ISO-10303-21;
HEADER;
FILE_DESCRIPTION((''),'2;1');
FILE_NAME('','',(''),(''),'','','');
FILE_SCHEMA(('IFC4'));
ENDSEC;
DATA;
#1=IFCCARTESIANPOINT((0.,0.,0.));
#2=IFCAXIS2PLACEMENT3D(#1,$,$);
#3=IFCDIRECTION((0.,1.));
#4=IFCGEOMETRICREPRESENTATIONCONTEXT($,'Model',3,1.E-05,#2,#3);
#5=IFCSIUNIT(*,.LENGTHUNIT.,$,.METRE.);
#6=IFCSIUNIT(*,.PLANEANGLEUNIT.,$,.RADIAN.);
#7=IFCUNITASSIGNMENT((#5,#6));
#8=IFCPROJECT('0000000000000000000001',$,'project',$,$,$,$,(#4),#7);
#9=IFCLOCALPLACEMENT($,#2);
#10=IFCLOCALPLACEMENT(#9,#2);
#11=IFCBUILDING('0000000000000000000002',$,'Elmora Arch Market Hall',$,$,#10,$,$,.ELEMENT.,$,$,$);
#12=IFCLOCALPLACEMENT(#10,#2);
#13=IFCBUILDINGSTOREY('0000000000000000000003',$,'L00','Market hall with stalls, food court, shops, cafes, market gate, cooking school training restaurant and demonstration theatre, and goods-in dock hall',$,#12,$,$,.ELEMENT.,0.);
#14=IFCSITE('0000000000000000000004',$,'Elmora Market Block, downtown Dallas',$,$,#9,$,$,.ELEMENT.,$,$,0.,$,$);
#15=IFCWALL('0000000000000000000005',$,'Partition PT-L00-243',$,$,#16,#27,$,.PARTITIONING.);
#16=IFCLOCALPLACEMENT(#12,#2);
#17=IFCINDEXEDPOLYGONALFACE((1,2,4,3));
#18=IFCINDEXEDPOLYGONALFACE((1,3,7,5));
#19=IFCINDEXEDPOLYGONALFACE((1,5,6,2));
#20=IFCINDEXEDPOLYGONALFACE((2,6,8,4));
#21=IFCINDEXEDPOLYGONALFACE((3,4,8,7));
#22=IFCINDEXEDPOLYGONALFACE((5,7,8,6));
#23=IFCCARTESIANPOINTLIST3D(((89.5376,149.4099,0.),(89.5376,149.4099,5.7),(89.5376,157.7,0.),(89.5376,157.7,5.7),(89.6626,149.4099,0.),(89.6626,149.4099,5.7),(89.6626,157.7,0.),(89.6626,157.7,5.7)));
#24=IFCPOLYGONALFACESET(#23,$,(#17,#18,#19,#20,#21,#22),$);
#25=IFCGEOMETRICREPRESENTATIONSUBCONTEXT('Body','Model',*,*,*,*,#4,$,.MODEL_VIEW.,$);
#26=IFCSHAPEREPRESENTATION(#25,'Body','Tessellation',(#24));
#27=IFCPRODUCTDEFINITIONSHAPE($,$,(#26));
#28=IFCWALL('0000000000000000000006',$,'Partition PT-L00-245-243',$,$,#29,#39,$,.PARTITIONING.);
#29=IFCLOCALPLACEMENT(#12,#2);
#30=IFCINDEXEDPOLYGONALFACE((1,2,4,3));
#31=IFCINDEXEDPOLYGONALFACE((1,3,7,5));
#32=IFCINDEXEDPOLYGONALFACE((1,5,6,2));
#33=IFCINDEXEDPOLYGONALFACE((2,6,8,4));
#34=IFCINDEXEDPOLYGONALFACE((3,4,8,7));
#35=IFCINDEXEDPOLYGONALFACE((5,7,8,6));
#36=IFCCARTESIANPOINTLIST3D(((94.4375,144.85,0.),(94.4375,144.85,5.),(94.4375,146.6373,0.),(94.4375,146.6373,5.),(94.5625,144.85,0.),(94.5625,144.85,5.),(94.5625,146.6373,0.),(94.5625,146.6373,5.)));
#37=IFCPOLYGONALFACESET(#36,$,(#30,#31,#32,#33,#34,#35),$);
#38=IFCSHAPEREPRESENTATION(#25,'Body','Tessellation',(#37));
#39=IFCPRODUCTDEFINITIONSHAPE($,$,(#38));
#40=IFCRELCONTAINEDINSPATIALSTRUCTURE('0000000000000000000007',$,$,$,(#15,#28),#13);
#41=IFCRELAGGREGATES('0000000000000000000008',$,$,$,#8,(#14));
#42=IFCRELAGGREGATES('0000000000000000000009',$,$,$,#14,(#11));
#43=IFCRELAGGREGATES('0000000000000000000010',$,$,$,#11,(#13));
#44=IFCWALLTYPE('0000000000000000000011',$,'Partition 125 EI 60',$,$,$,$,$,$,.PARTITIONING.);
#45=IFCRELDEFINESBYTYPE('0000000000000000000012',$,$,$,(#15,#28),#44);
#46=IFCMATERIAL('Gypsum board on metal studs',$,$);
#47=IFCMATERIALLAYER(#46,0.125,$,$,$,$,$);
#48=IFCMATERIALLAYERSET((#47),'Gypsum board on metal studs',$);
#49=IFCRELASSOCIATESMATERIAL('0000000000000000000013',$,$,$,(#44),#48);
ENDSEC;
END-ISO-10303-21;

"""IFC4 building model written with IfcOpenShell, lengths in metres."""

from ifc_helpers import new_model, si_unit, direction, frame, frame_2d, origin, place, context, subcontext, project, spatial, rectangle, extrude, material, layer, layer_set, type_object, element, save


model = new_model("IFC4")

# Units and contexts
model_context = context("Model", 3, precision=1e-05, world=origin(), true_north=direction((0.0, 1.0)))
body_context = subcontext(model_context, "Body", "Model", "MODEL_VIEW")
ifc_project = project(units=[si_unit("LENGTHUNIT", "METRE"), si_unit("PLANEANGLEUNIT", "RADIAN")], contexts=[model_context])

# Site, building, storey
site_placement = place(None, origin())
site = spatial("IfcSite", under=ifc_project, at=site_placement, Name="Elmora Market Block, downtown Dallas", CompositionType="ELEMENT", RefElevation=0.0)
building_placement = place(site_placement, origin())
building = spatial("IfcBuilding", under=site, at=building_placement, Name="Elmora Arch Market Hall", CompositionType="ELEMENT")
storey_placement = place(building_placement, origin())
storey = spatial("IfcBuildingStorey", under=building, at=storey_placement, Name="L00", Description="Market hall with stalls, food court, shops, cafes, market gate, cooking school training restaurant and demonstration theatre, and goods-in dock hall", CompositionType="ELEMENT", Elevation=0.0)

# Shared definitions
ifc_material_1 = material(Name="Gypsum board on metal studs")
ifc_layer_1 = layer(ifc_material_1, 0.125)
ifc_layer_set_1 = layer_set([ifc_layer_1], Name="Gypsum board on metal studs")
wall_type_1 = type_object("IfcWallType", Name="Partition 125 EI 60", PredefinedType="PARTITIONING", material=ifc_layer_set_1)

# Walls
wall_1_placement = place(storey_placement, frame((89.6001, 149.4099, 0.0), z_axis=(0.0, 0.0, 1.0), x_axis=(0.0, 1.0, 0.0)))
element("IfcWall", 1, at=wall_1_placement, inside=storey, type_object=wall_type_1, Name="Partition PT-L00-243", PredefinedType="PARTITIONING", context=body_context, shape_type="SweptSolid", body=[
    extrude(rectangle(XDim=8.29, YDim=0.125, at=frame_2d((4.145, 0.0))), origin(), (0.0, 0.0, 1.0), 5.7),
])
wall_2_placement = place(storey_placement, frame((94.5, 144.8501, 0.0), z_axis=(0.0, 0.0, 1.0), x_axis=(0.0, 1.0, 0.0)))
element("IfcWall", 2, at=wall_2_placement, inside=storey, type_object=wall_type_1, Name="Partition PT-L00-245-243", PredefinedType="PARTITIONING", context=body_context, shape_type="SweptSolid", body=[
    extrude(rectangle(XDim=1.7874, YDim=0.125, at=frame_2d((0.8936, 0.0))), origin(), (0.0, 0.0, 1.0), 5.0),
])

save(model, "model.ifc")
